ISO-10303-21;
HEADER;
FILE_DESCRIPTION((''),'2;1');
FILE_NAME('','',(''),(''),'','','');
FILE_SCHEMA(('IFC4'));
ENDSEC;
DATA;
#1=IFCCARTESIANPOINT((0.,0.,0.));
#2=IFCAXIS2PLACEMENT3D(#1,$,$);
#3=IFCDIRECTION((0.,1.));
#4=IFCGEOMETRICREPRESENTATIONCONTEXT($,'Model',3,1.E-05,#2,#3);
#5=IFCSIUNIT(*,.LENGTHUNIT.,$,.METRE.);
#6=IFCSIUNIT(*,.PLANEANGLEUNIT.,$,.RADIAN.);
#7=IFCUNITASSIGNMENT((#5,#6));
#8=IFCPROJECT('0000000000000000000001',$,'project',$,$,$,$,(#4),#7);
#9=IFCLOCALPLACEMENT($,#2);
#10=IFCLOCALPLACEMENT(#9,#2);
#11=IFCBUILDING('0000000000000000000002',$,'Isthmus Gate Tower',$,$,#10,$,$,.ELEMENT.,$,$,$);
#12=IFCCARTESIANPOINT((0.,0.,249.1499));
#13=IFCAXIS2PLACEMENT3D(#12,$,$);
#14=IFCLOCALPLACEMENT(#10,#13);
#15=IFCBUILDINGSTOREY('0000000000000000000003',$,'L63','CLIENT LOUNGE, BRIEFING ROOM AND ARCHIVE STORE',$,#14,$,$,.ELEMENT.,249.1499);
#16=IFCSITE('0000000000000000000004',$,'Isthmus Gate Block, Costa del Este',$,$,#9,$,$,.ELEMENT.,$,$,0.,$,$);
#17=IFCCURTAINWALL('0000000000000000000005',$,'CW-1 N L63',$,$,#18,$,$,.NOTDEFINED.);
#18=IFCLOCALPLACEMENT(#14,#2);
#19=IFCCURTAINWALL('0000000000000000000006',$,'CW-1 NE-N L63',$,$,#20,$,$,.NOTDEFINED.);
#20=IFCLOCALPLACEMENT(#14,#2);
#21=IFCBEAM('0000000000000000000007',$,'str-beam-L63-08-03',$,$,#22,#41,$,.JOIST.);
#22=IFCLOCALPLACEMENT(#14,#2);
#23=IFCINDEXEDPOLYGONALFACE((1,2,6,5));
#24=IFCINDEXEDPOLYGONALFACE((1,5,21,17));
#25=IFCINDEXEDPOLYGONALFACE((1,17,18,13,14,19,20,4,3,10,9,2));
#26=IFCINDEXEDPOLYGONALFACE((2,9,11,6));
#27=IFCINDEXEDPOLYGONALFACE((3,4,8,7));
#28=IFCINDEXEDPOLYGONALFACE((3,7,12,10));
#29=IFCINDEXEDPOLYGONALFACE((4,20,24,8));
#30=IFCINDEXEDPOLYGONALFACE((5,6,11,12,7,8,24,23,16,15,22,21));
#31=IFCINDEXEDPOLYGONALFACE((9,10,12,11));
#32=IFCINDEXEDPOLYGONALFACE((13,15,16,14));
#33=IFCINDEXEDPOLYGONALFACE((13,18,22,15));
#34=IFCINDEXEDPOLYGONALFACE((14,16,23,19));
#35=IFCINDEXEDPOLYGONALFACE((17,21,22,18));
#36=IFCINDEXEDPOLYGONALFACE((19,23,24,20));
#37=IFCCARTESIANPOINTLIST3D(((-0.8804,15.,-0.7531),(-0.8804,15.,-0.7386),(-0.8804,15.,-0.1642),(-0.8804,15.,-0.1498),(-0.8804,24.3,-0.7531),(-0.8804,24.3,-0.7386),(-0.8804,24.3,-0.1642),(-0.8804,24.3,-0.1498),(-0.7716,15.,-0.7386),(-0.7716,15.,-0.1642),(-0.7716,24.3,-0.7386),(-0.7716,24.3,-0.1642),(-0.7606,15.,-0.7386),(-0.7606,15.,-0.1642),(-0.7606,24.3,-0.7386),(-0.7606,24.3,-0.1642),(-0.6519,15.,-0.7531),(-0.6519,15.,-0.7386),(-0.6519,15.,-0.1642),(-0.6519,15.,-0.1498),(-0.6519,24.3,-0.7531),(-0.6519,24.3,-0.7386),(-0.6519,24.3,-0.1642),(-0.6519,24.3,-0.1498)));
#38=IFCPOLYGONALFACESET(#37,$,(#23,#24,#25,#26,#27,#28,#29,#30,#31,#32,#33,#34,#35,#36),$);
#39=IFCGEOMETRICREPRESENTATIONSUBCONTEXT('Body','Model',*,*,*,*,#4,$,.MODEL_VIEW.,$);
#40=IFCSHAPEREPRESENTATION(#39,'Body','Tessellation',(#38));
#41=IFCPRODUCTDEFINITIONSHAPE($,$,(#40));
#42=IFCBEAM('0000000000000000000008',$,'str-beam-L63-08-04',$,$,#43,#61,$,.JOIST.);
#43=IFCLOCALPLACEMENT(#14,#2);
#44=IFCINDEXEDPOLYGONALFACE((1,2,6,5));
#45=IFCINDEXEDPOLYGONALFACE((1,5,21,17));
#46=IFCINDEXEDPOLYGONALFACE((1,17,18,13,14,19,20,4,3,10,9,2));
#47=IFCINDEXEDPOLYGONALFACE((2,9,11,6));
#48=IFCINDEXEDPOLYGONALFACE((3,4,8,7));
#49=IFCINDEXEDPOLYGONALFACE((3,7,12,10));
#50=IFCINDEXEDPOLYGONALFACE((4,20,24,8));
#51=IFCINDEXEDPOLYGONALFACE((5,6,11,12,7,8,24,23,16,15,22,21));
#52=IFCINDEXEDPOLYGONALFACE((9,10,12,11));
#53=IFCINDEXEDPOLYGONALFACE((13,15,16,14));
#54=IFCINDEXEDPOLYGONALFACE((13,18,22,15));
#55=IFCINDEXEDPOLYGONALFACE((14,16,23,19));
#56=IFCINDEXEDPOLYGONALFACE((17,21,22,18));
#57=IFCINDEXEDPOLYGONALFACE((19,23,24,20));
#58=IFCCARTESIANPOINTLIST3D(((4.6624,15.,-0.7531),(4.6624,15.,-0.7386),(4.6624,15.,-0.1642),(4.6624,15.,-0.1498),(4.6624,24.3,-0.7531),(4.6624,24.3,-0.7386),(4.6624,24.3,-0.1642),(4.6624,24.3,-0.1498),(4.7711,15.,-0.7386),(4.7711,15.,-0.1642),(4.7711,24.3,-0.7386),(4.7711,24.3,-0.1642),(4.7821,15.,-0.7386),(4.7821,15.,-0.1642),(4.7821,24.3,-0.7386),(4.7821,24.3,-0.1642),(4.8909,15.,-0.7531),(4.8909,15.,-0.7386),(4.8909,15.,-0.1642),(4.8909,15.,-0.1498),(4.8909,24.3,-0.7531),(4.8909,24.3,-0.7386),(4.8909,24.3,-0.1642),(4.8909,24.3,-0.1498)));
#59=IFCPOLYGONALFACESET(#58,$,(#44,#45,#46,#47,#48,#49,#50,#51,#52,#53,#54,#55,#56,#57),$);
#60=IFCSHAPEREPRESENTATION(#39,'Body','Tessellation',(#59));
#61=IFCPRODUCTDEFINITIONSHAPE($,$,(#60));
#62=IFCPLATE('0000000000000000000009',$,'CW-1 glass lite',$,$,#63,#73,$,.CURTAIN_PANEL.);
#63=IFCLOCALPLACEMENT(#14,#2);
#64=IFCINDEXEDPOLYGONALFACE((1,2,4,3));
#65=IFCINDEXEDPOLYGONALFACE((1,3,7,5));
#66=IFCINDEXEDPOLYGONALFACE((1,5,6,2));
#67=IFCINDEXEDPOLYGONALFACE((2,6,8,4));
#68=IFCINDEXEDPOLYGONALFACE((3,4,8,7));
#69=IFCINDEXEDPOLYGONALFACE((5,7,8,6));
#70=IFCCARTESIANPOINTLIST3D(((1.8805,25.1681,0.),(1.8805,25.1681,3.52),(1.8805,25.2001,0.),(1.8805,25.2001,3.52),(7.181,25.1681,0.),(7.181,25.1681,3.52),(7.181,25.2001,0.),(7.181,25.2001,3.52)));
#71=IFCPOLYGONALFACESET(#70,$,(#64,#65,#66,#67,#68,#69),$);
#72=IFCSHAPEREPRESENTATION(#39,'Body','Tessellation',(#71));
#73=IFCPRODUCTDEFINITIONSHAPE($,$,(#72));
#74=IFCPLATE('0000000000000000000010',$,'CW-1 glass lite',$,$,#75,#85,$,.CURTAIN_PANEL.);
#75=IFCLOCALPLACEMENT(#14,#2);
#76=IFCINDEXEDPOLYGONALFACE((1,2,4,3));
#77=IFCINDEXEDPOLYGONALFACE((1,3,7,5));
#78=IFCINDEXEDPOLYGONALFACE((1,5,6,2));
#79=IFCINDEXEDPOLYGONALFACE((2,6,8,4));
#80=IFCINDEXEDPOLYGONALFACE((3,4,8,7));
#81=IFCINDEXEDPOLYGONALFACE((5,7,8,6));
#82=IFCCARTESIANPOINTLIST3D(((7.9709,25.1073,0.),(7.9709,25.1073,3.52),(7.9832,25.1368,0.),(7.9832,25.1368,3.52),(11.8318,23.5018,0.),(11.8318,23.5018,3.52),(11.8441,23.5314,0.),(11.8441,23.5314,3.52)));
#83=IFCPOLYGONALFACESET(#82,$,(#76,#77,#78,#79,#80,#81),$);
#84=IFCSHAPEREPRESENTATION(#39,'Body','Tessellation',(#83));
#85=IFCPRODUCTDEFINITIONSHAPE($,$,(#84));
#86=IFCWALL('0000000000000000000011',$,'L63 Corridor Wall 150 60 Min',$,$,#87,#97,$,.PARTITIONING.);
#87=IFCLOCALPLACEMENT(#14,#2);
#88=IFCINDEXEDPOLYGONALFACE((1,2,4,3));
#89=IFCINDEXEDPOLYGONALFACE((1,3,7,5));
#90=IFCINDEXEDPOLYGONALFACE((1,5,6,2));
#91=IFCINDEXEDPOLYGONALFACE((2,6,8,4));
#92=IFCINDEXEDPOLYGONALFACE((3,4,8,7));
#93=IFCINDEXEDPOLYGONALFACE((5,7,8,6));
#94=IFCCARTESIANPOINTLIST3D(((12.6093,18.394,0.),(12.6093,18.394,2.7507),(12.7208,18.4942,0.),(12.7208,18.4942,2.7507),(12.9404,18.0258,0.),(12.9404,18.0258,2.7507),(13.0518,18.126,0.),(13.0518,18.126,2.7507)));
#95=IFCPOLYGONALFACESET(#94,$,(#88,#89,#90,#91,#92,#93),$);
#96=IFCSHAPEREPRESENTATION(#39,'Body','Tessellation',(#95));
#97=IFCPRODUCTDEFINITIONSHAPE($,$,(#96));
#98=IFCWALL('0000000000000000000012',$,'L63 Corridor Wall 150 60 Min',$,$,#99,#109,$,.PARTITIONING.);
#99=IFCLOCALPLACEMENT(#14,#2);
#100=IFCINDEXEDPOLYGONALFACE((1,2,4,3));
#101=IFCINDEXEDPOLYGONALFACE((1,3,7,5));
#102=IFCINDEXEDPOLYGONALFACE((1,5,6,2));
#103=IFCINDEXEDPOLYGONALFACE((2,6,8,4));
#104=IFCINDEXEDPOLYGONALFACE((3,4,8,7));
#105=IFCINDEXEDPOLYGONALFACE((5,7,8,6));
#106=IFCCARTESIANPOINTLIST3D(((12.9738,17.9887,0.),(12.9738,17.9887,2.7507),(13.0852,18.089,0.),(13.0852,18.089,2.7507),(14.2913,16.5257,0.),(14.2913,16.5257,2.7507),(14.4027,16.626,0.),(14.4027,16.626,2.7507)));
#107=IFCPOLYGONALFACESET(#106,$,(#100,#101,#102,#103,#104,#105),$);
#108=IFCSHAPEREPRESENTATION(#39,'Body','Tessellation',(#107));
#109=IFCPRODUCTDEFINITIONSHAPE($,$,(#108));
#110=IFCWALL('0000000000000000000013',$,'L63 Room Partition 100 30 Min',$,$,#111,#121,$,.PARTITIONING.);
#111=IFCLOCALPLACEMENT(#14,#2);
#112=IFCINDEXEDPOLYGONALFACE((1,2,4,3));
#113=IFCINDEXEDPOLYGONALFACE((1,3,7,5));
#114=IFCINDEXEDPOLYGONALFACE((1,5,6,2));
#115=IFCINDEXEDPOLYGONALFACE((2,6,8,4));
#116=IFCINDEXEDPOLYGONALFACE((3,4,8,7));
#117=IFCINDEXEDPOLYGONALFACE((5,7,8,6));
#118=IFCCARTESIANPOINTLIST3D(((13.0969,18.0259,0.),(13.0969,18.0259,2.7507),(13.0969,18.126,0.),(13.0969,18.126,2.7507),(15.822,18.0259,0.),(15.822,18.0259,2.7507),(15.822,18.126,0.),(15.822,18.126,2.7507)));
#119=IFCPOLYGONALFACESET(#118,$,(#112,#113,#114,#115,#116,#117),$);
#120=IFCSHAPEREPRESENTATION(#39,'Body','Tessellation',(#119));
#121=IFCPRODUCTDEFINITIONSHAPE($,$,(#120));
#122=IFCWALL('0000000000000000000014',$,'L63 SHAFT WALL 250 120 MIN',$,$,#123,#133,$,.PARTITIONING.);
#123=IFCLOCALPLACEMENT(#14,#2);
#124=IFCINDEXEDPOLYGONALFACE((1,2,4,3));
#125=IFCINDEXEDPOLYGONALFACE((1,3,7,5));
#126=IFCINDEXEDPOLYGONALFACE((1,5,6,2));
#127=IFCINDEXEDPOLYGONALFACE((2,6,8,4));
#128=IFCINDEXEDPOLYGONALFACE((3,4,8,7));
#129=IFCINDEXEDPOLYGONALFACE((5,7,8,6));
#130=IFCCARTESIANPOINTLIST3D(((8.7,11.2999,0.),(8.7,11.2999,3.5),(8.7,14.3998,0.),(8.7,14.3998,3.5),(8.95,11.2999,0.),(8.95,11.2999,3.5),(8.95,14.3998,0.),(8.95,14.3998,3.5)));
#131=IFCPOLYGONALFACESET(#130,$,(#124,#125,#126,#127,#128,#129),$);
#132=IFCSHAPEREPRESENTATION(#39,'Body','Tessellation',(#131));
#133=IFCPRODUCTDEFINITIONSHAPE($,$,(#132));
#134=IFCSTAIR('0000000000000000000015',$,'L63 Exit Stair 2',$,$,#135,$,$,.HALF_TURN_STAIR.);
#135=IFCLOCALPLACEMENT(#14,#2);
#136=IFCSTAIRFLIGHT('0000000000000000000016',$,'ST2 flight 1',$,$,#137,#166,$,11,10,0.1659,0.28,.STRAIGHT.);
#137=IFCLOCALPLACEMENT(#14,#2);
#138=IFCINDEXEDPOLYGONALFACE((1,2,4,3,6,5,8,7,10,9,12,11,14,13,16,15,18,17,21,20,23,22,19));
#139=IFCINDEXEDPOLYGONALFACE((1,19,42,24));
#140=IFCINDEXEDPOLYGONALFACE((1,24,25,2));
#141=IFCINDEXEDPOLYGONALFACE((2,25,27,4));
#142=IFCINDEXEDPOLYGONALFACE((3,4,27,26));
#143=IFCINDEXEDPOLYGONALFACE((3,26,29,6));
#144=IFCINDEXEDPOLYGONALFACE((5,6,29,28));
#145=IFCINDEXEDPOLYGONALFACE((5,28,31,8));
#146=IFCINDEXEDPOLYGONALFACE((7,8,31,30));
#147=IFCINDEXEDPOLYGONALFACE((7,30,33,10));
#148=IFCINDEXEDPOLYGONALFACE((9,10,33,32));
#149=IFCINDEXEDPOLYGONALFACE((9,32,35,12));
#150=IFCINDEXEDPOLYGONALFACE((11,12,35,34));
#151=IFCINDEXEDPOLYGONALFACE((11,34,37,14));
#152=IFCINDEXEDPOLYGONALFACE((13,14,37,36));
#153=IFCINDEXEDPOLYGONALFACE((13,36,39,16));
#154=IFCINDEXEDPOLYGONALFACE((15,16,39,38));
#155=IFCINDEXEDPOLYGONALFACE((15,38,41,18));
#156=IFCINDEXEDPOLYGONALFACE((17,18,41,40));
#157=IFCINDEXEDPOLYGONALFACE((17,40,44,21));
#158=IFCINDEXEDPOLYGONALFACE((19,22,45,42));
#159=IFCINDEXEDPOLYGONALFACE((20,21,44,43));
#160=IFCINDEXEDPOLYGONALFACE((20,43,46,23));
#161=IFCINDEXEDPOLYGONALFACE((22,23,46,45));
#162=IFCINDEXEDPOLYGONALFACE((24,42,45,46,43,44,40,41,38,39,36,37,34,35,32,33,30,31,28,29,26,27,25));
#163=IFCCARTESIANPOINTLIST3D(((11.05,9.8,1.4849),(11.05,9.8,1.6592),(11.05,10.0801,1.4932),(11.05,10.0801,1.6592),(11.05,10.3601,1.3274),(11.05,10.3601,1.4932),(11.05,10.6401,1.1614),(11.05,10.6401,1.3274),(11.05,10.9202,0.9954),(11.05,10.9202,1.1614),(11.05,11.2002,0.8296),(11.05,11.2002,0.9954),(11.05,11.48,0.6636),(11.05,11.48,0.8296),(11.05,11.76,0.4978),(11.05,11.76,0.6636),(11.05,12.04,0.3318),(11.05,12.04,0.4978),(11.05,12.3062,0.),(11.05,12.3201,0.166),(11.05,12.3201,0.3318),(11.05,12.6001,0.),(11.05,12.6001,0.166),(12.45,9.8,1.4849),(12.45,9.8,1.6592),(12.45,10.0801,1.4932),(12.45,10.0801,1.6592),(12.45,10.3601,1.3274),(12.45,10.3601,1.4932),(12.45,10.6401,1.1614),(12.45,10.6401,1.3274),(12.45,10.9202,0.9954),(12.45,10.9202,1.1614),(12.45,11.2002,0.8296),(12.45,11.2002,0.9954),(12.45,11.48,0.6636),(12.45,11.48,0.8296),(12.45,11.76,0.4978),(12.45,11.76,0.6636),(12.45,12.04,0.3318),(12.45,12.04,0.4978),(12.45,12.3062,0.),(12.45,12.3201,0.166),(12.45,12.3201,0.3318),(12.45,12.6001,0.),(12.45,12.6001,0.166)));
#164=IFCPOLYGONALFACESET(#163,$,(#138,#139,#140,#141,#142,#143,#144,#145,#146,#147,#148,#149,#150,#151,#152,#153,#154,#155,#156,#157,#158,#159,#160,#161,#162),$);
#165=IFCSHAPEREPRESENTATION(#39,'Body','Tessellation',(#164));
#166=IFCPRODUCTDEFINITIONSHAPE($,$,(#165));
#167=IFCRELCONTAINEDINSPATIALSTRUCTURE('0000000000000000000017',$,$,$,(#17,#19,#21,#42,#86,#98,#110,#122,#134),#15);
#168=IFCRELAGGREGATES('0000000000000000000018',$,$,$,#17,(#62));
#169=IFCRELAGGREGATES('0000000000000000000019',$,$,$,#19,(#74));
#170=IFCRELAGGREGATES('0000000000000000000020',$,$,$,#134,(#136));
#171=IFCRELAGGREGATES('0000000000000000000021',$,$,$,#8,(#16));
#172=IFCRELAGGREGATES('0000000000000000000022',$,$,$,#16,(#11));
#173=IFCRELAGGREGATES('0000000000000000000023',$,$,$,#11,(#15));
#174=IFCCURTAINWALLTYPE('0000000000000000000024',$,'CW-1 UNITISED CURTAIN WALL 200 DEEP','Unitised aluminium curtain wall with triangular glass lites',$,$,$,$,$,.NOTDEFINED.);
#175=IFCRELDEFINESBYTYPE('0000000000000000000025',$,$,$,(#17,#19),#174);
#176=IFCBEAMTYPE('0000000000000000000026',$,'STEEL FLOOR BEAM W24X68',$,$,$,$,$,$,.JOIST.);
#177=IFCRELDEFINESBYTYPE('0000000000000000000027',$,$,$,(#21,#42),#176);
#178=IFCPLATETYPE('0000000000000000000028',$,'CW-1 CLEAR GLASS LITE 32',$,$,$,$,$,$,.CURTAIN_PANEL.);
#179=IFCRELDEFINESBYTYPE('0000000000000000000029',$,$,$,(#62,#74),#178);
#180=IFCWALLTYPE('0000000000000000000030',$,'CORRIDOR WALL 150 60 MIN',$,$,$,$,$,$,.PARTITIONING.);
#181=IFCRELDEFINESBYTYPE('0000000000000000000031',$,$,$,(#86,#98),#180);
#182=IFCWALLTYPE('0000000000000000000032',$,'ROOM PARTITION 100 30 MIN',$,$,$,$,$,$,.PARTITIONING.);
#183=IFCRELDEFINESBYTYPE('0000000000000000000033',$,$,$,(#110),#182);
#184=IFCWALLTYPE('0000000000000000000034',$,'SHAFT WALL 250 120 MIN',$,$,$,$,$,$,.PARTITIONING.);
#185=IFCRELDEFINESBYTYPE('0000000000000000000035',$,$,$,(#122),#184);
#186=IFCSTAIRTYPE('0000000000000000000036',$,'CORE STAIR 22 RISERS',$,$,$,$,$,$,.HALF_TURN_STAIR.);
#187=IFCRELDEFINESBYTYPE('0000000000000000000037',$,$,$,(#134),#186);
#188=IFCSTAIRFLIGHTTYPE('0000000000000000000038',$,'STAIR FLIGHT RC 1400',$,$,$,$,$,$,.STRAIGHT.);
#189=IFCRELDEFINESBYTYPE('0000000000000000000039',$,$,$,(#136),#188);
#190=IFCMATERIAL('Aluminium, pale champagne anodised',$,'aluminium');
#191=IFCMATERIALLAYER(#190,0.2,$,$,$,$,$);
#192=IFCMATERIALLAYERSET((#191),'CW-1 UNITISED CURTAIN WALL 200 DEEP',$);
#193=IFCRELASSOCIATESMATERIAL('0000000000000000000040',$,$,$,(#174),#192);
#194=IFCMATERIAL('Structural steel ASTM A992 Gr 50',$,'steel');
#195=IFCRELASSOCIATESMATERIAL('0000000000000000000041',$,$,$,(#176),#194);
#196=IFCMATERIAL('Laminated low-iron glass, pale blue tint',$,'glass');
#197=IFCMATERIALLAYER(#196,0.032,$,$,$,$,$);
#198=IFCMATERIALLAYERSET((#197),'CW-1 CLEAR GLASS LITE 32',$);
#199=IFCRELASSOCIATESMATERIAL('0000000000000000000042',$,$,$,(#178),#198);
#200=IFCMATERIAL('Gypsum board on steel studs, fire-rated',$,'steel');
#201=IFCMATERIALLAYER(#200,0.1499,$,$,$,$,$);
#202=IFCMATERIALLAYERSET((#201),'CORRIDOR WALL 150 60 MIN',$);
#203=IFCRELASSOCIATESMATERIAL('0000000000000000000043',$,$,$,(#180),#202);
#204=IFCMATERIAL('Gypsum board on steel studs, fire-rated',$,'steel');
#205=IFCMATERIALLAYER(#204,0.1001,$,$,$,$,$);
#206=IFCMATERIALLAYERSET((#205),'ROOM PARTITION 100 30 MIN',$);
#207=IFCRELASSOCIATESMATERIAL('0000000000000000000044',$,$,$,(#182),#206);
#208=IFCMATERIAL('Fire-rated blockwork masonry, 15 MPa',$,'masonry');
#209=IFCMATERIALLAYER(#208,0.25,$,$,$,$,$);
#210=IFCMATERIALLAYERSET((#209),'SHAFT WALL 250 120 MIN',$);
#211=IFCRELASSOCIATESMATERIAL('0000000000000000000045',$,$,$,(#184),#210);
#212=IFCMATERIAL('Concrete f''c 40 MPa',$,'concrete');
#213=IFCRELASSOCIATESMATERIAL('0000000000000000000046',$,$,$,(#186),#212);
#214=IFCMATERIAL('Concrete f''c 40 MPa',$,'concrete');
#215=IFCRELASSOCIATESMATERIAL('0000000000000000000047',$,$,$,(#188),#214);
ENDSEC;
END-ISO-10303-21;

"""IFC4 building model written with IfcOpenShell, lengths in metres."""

from ifc_helpers import new_model, si_unit, direction, frame, frame_2d, origin, origin_2d, place, context, subcontext, project, spatial, polyline, rectangle, i_section, outline, extrude, material, layer, layer_set, material_profile, profile_set, type_object, element, aggregate, save


model = new_model("IFC4")

# Units and contexts
model_context = context("Model", 3, precision=1e-05, world=origin(), true_north=direction((0.0, 1.0)))
body_context = subcontext(model_context, "Body", "Model", "MODEL_VIEW")
ifc_project = project(units=[si_unit("LENGTHUNIT", "METRE"), si_unit("PLANEANGLEUNIT", "RADIAN")], contexts=[model_context])

# Site, building, storey
site_placement = place(None, origin())
site = spatial("IfcSite", under=ifc_project, at=site_placement, Name="Isthmus Gate Block, Costa del Este", CompositionType="ELEMENT", RefElevation=0.0)
building_placement = place(site_placement, origin())
building = spatial("IfcBuilding", under=site, at=building_placement, Name="Isthmus Gate Tower", CompositionType="ELEMENT")
storey_placement = place(building_placement, frame((0.0, 0.0, 249.1499)))
storey = spatial("IfcBuildingStorey", under=building, at=storey_placement, Name="L63", Description="CLIENT LOUNGE, BRIEFING ROOM AND ARCHIVE STORE", CompositionType="ELEMENT", Elevation=249.1499)

# Curtain walls
ifc_material_1 = material(Name="Aluminium, pale champagne anodised", Category="aluminium")
ifc_layer_1 = layer(ifc_material_1, 0.2)
ifc_layer_set_1 = layer_set([ifc_layer_1], Name="CW-1 UNITISED CURTAIN WALL 200 DEEP")
curtain_wall_type = type_object("IfcCurtainWallType", Name="CW-1 UNITISED CURTAIN WALL 200 DEEP", Description="Unitised aluminium curtain wall with triangular glass lites", PredefinedType="NOTDEFINED", material=ifc_layer_set_1)
curtain_wall_1_placement = place(storey_placement, origin())
curtain_wall_1 = element("IfcCurtainWall", 1, at=curtain_wall_1_placement, inside=storey, type_object=curtain_wall_type, Name="CW-1 N L63", PredefinedType="NOTDEFINED")
curtain_wall_2_placement = place(storey_placement, origin())
curtain_wall_2 = element("IfcCurtainWall", 2, at=curtain_wall_2_placement, inside=storey, type_object=curtain_wall_type, Name="CW-1 NE-N L63", PredefinedType="NOTDEFINED")

# Beams
ifc_material_2 = material(Name="Structural steel ASTM A992 Gr 50", Category="steel")
ifc_material_profile_1 = material_profile(ifc_material_2, i_section(OverallWidth=0.2285, OverallDepth=0.6033, WebThickness=0.011, FlangeThickness=0.0144, at=origin_2d()), Name="W24X68")
ifc_profile_set_1 = profile_set([ifc_material_profile_1], Name="Structural steel ASTM A992 Gr 50")
beam_type_1 = type_object("IfcBeamType", Name="STEEL FLOOR BEAM W24X68", PredefinedType="JOIST", material=ifc_profile_set_1)
for number, where, z_axis, x_axis, name in (
    (3, (-0.7661, 15.0, -0.4514), (0.0, 1.0, 0.0), (-1.0, 0.0, 0.0), "str-beam-L63-08-03"),
    (4, (4.7766, 15.0, -0.4514), (0.0, 1.0, 0.0), (-1.0, 0.0, 0.0), "str-beam-L63-08-04"),
):
    element("IfcBeam", number, at=place(storey_placement, frame(where, z_axis=z_axis, x_axis=x_axis)), inside=storey, type_object=beam_type_1, Name=name, PredefinedType="JOIST", context=body_context, shape_type="SweptSolid", body=[
        extrude(i_section(OverallWidth=0.2285, OverallDepth=0.6033, WebThickness=0.011, FlangeThickness=0.0144, at=origin_2d()), origin(), (0.0, 0.0, 1.0), 9.3),
    ])

# Plates
ifc_material_3 = material(Name="Laminated low-iron glass, pale blue tint", Category="glass")
ifc_layer_2 = layer(ifc_material_3, 0.032)
ifc_layer_set_2 = layer_set([ifc_layer_2], Name="CW-1 CLEAR GLASS LITE 32")
plate_type = type_object("IfcPlateType", Name="CW-1 CLEAR GLASS LITE 32", PredefinedType="CURTAIN_PANEL", material=ifc_layer_set_2)
plate_1_placement = place(storey_placement, frame((4.5308, 25.1841, 0.0), z_axis=(0.0, 0.0, 1.0), x_axis=(-1.0, 0.0, 0.0)))
plate_1 = element("IfcPlate", 5, at=plate_1_placement, type_object=plate_type, Name="CW-1 glass lite", PredefinedType="CURTAIN_PANEL", context=body_context, shape_type="SweptSolid", body=[
    extrude(rectangle(XDim=5.3005, YDim=0.032, at=origin_2d()), origin(), (0.0, 0.0, 1.0), 3.52),
])
aggregate(curtain_wall_1, [plate_1])
plate_2_placement = place(storey_placement, frame((9.9075, 24.3193, 0.0), z_axis=(0.0, 0.0, 1.0), x_axis=(-0.923353, 0.383952, 0.0)))
plate_2 = element("IfcPlate", 6, at=plate_2_placement, type_object=plate_type, Name="CW-1 glass lite", PredefinedType="CURTAIN_PANEL", context=body_context, shape_type="SweptSolid", body=[
    extrude(rectangle(XDim=4.1814, YDim=0.032, at=origin_2d()), origin(), (0.0, 0.0, 1.0), 3.52),
])
aggregate(curtain_wall_2, [plate_2])

# Walls
ifc_material_4 = material(Name="Gypsum board on steel studs, fire-rated", Category="steel")
ifc_layer_3 = layer(ifc_material_4, 0.1499)
ifc_layer_set_3 = layer_set([ifc_layer_3], Name="CORRIDOR WALL 150 60 MIN")
wall_type_1 = type_object("IfcWallType", Name="CORRIDOR WALL 150 60 MIN", PredefinedType="PARTITIONING", material=ifc_layer_set_3)
wall_1_placement = place(storey_placement, frame((12.665, 18.4441, 0.0), z_axis=(0.0, 0.0, 1.0), x_axis=(0.668638, -0.743588, 0.0)))
element("IfcWall", 7, at=wall_1_placement, inside=storey, type_object=wall_type_1, Name="L63 Corridor Wall 150 60 Min", PredefinedType="PARTITIONING", context=body_context, shape_type="SweptSolid", body=[
    extrude(rectangle(XDim=0.4951, YDim=0.1499, at=frame_2d((0.2476, 0.0))), origin(), (0.0, 0.0, 1.0), 2.7507),
])
wall_2_placement = place(storey_placement, frame((13.0295, 18.0388, 0.0), z_axis=(0.0, 0.0, 1.0), x_axis=(0.669184, -0.743097, 0.0)))
element("IfcWall", 8, at=wall_2_placement, inside=storey, type_object=wall_type_1, Name="L63 Corridor Wall 150 60 Min", PredefinedType="PARTITIONING", context=body_context, shape_type="SweptSolid", body=[
    extrude(rectangle(XDim=1.9688, YDim=0.1499, at=frame_2d((0.9844, 0.0))), origin(), (0.0, 0.0, 1.0), 2.7507),
])
ifc_material_5 = material(Name="Gypsum board on steel studs, fire-rated", Category="steel")
ifc_layer_4 = layer(ifc_material_5, 0.1001)
ifc_layer_set_4 = layer_set([ifc_layer_4], Name="ROOM PARTITION 100 30 MIN")
wall_type_2 = type_object("IfcWallType", Name="ROOM PARTITION 100 30 MIN", PredefinedType="PARTITIONING", material=ifc_layer_set_4)
wall_3_placement = place(storey_placement, frame((13.0969, 18.0759, 0.0), z_axis=(0.0, 0.0, 1.0), x_axis=(1.0, 0.0, 0.0)))
element("IfcWall", 9, at=wall_3_placement, inside=storey, type_object=wall_type_2, Name="L63 Room Partition 100 30 Min", PredefinedType="PARTITIONING", context=body_context, shape_type="SweptSolid", body=[
    extrude(rectangle(XDim=2.7251, YDim=0.1001, at=frame_2d((1.3625, 0.0))), origin(), (0.0, 0.0, 1.0), 2.7507),
])
ifc_material_6 = material(Name="Fire-rated blockwork masonry, 15 MPa", Category="masonry")
ifc_layer_5 = layer(ifc_material_6, 0.25)
ifc_layer_set_5 = layer_set([ifc_layer_5], Name="SHAFT WALL 250 120 MIN")
wall_type_3 = type_object("IfcWallType", Name="SHAFT WALL 250 120 MIN", PredefinedType="PARTITIONING", material=ifc_layer_set_5)
wall_4_placement = place(storey_placement, frame((8.825, 11.3, 0.0), z_axis=(0.0, 0.0, 1.0), x_axis=(0.0, 1.0, 0.0)))
element("IfcWall", 10, at=wall_4_placement, inside=storey, type_object=wall_type_3, Name="L63 SHAFT WALL 250 120 MIN", PredefinedType="PARTITIONING", context=body_context, shape_type="SweptSolid", body=[
    extrude(rectangle(XDim=3.0999, YDim=0.25, at=frame_2d((1.5498, 0.0))), origin(), (0.0, 0.0, 1.0), 3.5),
])

# Stair, stair flight
ifc_material_7 = material(Name="Concrete f'c 40 MPa", Category="concrete")
stair_type = type_object("IfcStairType", Name="CORE STAIR 22 RISERS", PredefinedType="HALF_TURN_STAIR", material=ifc_material_7)
stair_placement = place(storey_placement, origin())
stair = element("IfcStair", 11, at=stair_placement, inside=storey, type_object=stair_type, Name="L63 Exit Stair 2", PredefinedType="HALF_TURN_STAIR")
ifc_material_8 = material(Name="Concrete f'c 40 MPa", Category="concrete")
stair_flight_type = type_object("IfcStairFlightType", Name="STAIR FLIGHT RC 1400", PredefinedType="STRAIGHT", material=ifc_material_8)
stair_flight_placement = place(storey_placement, frame((11.75, 12.6001, 0.0), z_axis=(0.0, 0.0, 1.0), x_axis=(0.0, -1.0, 0.0)))
stair_flight = element("IfcStairFlight", 12, at=stair_flight_placement, type_object=stair_flight_type, Name="ST2 flight 1", NumberOfRisers=11, NumberOfTreads=10, PredefinedType="STRAIGHT", RiserHeight=0.1659, TreadLength=0.28, context=body_context, shape_type="SweptSolid", body=[
    extrude(outline(polyline([(0.0, 0.0), (0.0, 0.166), (0.28, 0.166), (0.28, 0.3318), (0.5601, 0.3318), (0.5601, 0.4978), (0.8401, 0.4978), (0.8401, 0.6636), (1.1201, 0.6636), (1.1201, 0.8296), (1.3999, 0.8296), (1.3999, 0.9954), (1.6799, 0.9954), (1.6799, 1.1614), (1.96, 1.1614), (1.96, 1.3274), (2.24, 1.3274), (2.24, 1.4932), (2.52, 1.4932), (2.52, 1.6592), (2.8, 1.6592), (2.8, 1.825), (2.8, 1.4849), (0.2939, 0.0), (0.0, 0.0)])), frame((0.0, 0.7, 0.0), z_axis=(0.0, -1.0, 0.0), x_axis=(1.0, 0.0, 0.0)), (0.0, 0.0, 1.0), 1.3999),
])
aggregate(stair, [stair_flight])

save(model, "model.ifc")
